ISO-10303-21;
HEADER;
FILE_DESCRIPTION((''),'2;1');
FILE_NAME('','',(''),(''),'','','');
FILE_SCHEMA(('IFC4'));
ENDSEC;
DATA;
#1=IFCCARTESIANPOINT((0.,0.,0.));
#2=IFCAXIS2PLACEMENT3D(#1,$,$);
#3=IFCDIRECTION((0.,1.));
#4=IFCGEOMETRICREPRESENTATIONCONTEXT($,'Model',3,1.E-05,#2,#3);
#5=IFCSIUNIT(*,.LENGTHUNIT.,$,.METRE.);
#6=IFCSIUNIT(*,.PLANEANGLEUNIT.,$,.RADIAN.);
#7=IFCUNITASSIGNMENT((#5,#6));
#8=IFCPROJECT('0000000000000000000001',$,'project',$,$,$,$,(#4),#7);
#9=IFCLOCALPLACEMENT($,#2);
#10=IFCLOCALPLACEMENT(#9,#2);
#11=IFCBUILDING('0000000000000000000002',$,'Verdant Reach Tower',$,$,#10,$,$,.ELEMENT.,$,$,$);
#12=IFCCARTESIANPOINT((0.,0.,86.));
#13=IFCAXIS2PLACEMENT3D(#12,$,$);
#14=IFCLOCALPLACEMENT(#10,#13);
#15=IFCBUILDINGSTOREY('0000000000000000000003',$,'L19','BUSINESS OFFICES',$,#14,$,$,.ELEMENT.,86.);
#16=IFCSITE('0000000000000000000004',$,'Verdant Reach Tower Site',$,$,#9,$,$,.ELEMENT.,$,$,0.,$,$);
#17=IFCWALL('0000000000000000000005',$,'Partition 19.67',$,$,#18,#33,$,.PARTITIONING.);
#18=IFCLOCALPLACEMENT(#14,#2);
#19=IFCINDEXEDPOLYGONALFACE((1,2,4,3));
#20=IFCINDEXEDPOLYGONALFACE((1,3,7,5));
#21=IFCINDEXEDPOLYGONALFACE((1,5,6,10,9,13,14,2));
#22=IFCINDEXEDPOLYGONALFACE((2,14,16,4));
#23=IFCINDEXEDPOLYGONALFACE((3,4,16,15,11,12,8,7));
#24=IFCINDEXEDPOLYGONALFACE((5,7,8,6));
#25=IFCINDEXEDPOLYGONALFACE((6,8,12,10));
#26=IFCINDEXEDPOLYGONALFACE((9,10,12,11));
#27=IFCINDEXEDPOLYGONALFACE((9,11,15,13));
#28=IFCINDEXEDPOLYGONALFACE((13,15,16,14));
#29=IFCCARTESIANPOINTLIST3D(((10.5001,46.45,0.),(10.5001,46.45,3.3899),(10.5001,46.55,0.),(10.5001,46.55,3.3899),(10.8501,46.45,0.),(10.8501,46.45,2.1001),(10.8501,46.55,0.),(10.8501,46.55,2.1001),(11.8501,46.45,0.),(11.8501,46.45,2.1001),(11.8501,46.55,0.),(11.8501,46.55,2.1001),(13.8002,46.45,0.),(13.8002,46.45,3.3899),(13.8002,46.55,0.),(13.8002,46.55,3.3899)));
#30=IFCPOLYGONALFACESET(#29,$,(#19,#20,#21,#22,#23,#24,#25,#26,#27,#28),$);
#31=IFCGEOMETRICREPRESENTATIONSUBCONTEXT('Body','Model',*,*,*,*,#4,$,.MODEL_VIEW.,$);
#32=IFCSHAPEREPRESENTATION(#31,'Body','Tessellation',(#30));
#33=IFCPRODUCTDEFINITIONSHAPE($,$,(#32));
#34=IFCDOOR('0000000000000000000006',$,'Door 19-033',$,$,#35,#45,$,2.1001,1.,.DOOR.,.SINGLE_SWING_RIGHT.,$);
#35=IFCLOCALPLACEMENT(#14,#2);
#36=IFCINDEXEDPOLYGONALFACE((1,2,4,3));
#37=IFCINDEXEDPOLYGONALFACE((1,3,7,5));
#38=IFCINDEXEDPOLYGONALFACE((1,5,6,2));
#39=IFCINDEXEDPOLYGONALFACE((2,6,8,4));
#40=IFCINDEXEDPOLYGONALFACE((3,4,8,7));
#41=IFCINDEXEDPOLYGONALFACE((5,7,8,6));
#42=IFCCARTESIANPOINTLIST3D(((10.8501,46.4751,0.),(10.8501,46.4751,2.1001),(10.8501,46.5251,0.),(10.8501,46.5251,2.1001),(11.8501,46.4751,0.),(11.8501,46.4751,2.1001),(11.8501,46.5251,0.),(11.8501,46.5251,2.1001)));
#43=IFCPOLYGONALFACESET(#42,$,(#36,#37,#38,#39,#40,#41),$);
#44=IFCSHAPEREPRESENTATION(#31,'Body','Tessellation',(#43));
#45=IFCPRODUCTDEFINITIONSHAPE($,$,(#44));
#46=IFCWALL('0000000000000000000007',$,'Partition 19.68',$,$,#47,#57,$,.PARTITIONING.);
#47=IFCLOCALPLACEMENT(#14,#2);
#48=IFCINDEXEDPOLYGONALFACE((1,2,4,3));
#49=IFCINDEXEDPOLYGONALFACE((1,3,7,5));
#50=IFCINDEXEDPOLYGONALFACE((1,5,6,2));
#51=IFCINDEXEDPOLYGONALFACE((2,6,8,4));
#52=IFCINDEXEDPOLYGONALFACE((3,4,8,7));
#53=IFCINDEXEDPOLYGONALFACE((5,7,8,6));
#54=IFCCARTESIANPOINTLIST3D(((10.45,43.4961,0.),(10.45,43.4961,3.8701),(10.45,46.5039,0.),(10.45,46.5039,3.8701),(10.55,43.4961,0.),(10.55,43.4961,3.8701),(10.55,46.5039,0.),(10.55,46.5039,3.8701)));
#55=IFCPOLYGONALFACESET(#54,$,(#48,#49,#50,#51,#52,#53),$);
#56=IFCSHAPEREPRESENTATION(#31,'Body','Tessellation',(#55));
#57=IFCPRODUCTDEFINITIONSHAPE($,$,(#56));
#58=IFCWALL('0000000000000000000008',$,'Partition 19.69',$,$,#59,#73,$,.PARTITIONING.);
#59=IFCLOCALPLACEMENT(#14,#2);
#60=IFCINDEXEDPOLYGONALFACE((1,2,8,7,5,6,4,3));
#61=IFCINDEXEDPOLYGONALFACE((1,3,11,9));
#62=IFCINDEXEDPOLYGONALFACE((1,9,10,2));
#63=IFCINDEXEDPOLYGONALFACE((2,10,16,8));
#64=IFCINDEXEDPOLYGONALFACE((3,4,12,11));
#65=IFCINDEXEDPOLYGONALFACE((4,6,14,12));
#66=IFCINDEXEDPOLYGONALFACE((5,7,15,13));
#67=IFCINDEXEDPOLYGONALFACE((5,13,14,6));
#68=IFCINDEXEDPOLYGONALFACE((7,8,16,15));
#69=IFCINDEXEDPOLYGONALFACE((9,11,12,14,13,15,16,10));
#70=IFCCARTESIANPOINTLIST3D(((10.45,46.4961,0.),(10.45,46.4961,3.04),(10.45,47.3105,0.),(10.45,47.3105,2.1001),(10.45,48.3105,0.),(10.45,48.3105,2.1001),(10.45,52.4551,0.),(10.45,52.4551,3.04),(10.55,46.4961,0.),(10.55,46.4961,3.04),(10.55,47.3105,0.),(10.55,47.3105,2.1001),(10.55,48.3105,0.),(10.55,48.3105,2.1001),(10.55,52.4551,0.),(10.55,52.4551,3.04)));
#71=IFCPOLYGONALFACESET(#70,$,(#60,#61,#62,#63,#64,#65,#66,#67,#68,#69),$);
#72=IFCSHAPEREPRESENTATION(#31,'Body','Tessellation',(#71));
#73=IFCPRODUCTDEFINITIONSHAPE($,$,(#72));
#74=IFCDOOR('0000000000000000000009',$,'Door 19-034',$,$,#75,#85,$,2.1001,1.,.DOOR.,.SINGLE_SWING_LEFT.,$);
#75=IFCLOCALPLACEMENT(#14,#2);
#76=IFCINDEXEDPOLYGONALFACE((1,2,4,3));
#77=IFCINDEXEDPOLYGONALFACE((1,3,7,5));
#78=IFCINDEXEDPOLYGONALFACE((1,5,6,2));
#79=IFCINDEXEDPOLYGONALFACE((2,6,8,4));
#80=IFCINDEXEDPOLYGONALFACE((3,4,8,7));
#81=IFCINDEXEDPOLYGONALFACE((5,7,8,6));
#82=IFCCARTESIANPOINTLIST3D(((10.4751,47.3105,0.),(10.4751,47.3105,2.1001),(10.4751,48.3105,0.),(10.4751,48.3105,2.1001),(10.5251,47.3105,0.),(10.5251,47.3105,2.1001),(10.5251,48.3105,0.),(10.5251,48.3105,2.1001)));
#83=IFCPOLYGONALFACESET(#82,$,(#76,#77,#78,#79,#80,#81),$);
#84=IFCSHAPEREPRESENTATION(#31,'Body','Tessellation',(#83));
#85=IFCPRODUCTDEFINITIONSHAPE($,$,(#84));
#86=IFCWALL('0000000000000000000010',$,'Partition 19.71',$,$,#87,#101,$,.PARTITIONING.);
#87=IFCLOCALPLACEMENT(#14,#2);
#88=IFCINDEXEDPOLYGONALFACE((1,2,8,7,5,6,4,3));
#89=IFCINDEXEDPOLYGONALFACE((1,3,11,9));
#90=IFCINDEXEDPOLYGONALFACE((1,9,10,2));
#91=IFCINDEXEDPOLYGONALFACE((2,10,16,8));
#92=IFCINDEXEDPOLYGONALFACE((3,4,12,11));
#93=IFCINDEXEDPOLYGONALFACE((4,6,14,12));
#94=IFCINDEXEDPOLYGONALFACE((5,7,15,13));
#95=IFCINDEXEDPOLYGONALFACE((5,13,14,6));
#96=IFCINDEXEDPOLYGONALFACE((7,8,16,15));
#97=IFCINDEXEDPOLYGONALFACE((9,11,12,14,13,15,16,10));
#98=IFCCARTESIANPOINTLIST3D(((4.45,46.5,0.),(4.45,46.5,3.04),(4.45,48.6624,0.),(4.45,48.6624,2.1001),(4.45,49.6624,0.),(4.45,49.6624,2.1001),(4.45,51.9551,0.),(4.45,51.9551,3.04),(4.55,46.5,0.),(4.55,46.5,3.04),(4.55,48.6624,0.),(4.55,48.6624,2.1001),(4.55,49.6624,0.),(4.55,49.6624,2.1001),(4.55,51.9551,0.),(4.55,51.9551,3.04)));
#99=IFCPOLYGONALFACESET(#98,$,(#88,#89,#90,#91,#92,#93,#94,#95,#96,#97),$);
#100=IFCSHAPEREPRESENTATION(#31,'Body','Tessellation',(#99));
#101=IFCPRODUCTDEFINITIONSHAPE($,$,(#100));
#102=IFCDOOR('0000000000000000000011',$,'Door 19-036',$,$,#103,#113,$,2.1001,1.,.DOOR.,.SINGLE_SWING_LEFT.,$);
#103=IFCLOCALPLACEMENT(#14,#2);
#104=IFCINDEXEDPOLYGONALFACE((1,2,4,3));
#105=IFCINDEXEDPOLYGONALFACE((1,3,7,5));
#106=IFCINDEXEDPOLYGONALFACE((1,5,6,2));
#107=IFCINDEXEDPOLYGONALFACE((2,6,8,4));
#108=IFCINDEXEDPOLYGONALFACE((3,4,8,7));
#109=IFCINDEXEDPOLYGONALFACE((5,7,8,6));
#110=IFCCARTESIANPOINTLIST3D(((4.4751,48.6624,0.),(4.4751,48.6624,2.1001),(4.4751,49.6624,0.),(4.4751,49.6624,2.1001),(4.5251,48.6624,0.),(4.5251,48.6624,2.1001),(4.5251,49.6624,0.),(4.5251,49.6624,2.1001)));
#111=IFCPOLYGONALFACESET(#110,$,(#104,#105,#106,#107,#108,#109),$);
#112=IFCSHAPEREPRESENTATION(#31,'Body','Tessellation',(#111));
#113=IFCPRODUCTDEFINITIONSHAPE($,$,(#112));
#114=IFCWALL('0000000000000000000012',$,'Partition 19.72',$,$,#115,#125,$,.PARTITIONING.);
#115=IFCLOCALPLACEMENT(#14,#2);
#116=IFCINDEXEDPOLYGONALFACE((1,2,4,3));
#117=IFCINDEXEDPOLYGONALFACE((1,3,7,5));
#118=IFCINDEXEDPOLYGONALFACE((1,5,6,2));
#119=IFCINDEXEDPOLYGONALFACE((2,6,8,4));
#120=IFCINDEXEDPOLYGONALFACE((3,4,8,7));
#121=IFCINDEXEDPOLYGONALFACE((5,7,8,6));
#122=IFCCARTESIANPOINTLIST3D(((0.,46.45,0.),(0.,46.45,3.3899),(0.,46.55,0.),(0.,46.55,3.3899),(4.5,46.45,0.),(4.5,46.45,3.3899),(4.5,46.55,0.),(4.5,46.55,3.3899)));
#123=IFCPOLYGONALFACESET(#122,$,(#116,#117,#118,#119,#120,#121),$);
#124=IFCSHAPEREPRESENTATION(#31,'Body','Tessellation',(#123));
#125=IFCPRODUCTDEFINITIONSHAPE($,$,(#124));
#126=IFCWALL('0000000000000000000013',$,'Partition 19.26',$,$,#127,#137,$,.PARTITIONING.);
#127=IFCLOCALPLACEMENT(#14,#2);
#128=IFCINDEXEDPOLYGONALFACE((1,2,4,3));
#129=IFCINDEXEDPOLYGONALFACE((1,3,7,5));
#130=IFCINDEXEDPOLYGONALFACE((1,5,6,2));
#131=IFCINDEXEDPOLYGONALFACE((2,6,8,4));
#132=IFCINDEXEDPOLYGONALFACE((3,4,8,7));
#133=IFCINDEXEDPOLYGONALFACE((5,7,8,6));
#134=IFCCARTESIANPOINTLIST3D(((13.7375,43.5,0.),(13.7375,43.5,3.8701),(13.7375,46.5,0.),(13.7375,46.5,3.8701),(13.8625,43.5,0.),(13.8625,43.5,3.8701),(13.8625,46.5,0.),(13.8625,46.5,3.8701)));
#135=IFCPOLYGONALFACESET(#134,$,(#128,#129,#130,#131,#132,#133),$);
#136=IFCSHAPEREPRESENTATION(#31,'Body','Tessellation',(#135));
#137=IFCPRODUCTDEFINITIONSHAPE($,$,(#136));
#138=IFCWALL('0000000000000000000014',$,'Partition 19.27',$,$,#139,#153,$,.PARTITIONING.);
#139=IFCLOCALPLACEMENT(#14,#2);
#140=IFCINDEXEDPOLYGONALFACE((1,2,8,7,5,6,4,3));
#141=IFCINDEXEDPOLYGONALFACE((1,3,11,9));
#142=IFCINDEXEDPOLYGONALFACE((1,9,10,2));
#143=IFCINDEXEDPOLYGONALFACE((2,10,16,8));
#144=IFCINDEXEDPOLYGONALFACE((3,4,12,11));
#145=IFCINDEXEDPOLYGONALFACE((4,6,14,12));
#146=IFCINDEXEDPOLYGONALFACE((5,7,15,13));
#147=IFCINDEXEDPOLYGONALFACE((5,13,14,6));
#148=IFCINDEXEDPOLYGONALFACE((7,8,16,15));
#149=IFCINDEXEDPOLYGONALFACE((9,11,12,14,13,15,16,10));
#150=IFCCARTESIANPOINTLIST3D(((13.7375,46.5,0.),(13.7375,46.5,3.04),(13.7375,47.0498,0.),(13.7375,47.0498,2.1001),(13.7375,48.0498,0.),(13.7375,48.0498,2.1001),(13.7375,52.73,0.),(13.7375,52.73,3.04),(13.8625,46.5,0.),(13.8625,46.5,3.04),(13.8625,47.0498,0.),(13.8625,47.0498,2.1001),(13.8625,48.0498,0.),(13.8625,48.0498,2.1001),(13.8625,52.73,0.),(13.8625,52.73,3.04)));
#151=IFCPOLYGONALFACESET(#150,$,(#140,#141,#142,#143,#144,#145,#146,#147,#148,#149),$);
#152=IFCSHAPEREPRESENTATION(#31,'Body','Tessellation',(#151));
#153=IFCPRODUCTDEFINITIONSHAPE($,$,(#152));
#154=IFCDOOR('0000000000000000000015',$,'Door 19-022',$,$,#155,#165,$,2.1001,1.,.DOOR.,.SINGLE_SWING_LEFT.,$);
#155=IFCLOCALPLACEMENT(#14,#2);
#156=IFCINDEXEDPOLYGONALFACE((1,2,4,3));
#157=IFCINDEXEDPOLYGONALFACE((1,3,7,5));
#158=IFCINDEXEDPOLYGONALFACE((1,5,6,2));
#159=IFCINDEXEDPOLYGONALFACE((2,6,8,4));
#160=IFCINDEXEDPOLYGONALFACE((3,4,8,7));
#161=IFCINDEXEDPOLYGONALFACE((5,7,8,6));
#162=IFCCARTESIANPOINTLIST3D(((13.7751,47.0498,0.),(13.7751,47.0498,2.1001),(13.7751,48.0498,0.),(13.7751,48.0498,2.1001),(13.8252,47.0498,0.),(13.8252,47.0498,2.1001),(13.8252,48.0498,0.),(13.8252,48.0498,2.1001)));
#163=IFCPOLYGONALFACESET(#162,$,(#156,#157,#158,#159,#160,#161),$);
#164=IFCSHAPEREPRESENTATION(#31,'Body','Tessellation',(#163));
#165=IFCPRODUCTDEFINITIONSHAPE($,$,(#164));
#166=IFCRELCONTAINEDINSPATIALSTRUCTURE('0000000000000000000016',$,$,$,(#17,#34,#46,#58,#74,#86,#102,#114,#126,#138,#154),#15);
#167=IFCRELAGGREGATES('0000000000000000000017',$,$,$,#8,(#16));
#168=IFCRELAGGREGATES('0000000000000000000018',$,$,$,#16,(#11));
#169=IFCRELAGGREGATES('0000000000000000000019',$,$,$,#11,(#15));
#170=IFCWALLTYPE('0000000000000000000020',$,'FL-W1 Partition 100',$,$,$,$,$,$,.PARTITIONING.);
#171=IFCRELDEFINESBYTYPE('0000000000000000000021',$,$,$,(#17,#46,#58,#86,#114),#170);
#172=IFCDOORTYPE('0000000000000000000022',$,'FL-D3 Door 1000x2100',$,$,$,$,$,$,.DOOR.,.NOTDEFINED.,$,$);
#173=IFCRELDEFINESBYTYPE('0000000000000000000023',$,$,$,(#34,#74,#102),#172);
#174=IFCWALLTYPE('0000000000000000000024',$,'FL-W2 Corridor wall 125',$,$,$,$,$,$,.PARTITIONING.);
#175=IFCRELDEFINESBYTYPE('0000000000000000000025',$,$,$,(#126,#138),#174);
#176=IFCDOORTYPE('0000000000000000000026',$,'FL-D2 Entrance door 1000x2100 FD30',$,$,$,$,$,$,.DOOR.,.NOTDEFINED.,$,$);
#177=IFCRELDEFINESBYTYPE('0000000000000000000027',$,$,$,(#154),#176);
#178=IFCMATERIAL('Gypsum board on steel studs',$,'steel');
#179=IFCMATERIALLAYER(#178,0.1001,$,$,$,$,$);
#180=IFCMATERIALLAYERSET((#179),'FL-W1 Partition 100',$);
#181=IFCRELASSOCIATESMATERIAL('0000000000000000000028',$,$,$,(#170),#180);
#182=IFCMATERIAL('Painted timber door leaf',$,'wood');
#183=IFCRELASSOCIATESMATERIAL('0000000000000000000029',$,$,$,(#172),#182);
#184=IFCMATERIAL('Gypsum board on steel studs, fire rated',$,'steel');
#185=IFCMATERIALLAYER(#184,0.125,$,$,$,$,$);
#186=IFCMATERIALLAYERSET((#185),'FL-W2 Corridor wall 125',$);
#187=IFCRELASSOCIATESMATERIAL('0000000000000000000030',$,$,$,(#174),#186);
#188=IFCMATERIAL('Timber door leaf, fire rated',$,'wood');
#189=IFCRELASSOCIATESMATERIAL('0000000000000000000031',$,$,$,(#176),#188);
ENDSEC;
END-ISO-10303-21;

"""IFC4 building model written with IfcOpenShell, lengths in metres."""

from ifc_helpers import new_model, si_unit, direction, frame, frame_2d, origin, place, context, subcontext, project, spatial, rectangle, extrude, material, layer, layer_set, type_object, element, fill, save


model = new_model("IFC4")

# Units and contexts
model_context = context("Model", 3, precision=1e-05, world=origin(), true_north=direction((0.0, 1.0)))
body_context = subcontext(model_context, "Body", "Model", "MODEL_VIEW")
ifc_project = project(units=[si_unit("LENGTHUNIT", "METRE"), si_unit("PLANEANGLEUNIT", "RADIAN")], contexts=[model_context])

# Site, building, storey
site_placement = place(None, origin())
site = spatial("IfcSite", under=ifc_project, at=site_placement, Name="Verdant Reach Tower Site", CompositionType="ELEMENT", RefElevation=0.0)
building_placement = place(site_placement, origin())
building = spatial("IfcBuilding", under=site, at=building_placement, Name="Verdant Reach Tower", CompositionType="ELEMENT")
storey_placement = place(building_placement, frame((0.0, 0.0, 86.0)))
storey = spatial("IfcBuildingStorey", under=building, at=storey_placement, Name="L19", Description="BUSINESS OFFICES", CompositionType="ELEMENT", Elevation=86.0)

# Shared definitions
ifc_material_1 = material(Name="Gypsum board on steel studs", Category="steel")
ifc_layer_1 = layer(ifc_material_1, 0.1001)
ifc_layer_set_1 = layer_set([ifc_layer_1], Name="FL-W1 Partition 100")
wall_type_1 = type_object("IfcWallType", Name="FL-W1 Partition 100", PredefinedType="PARTITIONING", material=ifc_layer_set_1)

# Wall, opening, door
wall_1_placement = place(storey_placement, frame((13.8, 46.5, 0.0), z_axis=(0.0, 0.0, 1.0), x_axis=(-1.0, 0.0, 0.0)))
wall_1 = element("IfcWall", 1, at=wall_1_placement, inside=storey, type_object=wall_type_1, Name="Partition 19.67", PredefinedType="PARTITIONING", context=body_context, shape_type="SweptSolid", body=[
    extrude(rectangle(XDim=3.3, YDim=0.1001, at=frame_2d((1.6499, 0.0))), origin(), (0.0, 0.0, 1.0), 3.3899),
])
opening_1_placement = place(wall_1_placement, frame((1.95, 0.0, 0.0)))
opening_1 = element("IfcOpeningElement", 2, at=opening_1_placement, cuts=wall_1, PredefinedType="OPENING", context=body_context, shape_type="SweptSolid", body=[
    extrude(rectangle(XDim=1.0, YDim=2.1001, at=frame_2d((0.5, 1.05))), frame((0.0, 0.0601, 0.0), z_axis=(0.0, -1.0, 0.0), x_axis=(1.0, 0.0, 0.0)), (0.0, 0.0, 1.0), 0.1201),
])
ifc_material_2 = material(Name="Painted timber door leaf", Category="wood")
door_type_1 = type_object("IfcDoorType", Name="FL-D3 Door 1000x2100", OperationType="NOTDEFINED", PredefinedType="DOOR", material=ifc_material_2)
door_1_placement = place(opening_1_placement, origin())
door_1 = element("IfcDoor", 3, at=door_1_placement, inside=storey, type_object=door_type_1, Name="Door 19-033", OperationType="SINGLE_SWING_RIGHT", OverallHeight=2.1001, OverallWidth=1.0, PredefinedType="DOOR", context=body_context, shape_type="SweptSolid", body=[
    extrude(rectangle(XDim=1.0, YDim=2.1001, at=frame_2d((0.5, 1.05))), frame((0.0, 0.0249, 0.0), z_axis=(0.0, -1.0, 0.0), x_axis=(1.0, 0.0, 0.0)), (0.0, 0.0, 1.0), 0.05),
])
fill(opening_1, door_1)

# Wall
wall_2_placement = place(storey_placement, frame((10.5, 46.5039, 0.0), z_axis=(0.0, 0.0, 1.0), x_axis=(0.0, -1.0, 0.0)))
element("IfcWall", 4, at=wall_2_placement, inside=storey, type_object=wall_type_1, Name="Partition 19.68", PredefinedType="PARTITIONING", context=body_context, shape_type="SweptSolid", body=[
    extrude(rectangle(XDim=3.0078, YDim=0.1001, at=frame_2d((1.5039, 0.0))), origin(), (0.0, 0.0, 1.0), 3.8701),
])

# Walls, openings, doors
wall_3_placement = place(storey_placement, frame((10.5, 46.4961, 0.0), z_axis=(0.0, 0.0, 1.0), x_axis=(0.0, 1.0, 0.0)))
wall_3 = element("IfcWall", 5, at=wall_3_placement, inside=storey, type_object=wall_type_1, Name="Partition 19.69", PredefinedType="PARTITIONING", context=body_context, shape_type="SweptSolid", body=[
    extrude(rectangle(XDim=5.959, YDim=0.1001, at=frame_2d((2.9795, 0.0))), origin(), (0.0, 0.0, 1.0), 3.04),
])
opening_2_placement = place(wall_3_placement, frame((0.8145, 0.0, 0.0)))
opening_2 = element("IfcOpeningElement", 6, at=opening_2_placement, cuts=wall_3, PredefinedType="OPENING", context=body_context, shape_type="SweptSolid", body=[
    extrude(rectangle(XDim=1.0, YDim=2.1001, at=frame_2d((0.5, 1.05))), frame((0.0, 0.0601, 0.0), z_axis=(0.0, -1.0, 0.0), x_axis=(1.0, 0.0, 0.0)), (0.0, 0.0, 1.0), 0.1201),
])
door_2_placement = place(opening_2_placement, origin())
door_2 = element("IfcDoor", 7, at=door_2_placement, inside=storey, type_object=door_type_1, Name="Door 19-034", OperationType="SINGLE_SWING_LEFT", OverallHeight=2.1001, OverallWidth=1.0, PredefinedType="DOOR", context=body_context, shape_type="SweptSolid", body=[
    extrude(rectangle(XDim=1.0, YDim=2.1001, at=frame_2d((0.5, 1.05))), frame((0.0, 0.0249, 0.0), z_axis=(0.0, -1.0, 0.0), x_axis=(1.0, 0.0, 0.0)), (0.0, 0.0, 1.0), 0.05),
])
fill(opening_2, door_2)
wall_4_placement = place(storey_placement, frame((4.5, 46.5, 0.0), z_axis=(0.0, 0.0, 1.0), x_axis=(0.0, 1.0, 0.0)))
wall_4 = element("IfcWall", 8, at=wall_4_placement, inside=storey, type_object=wall_type_1, Name="Partition 19.71", PredefinedType="PARTITIONING", context=body_context, shape_type="SweptSolid", body=[
    extrude(rectangle(XDim=5.4551, YDim=0.1001, at=frame_2d((2.7275, 0.0))), origin(), (0.0, 0.0, 1.0), 3.04),
])
opening_3_placement = place(wall_4_placement, frame((2.1624, 0.0, 0.0)))
opening_3 = element("IfcOpeningElement", 9, at=opening_3_placement, cuts=wall_4, PredefinedType="OPENING", context=body_context, shape_type="SweptSolid", body=[
    extrude(rectangle(XDim=1.0, YDim=2.1001, at=frame_2d((0.5, 1.05))), frame((0.0, 0.0601, 0.0), z_axis=(0.0, -1.0, 0.0), x_axis=(1.0, 0.0, 0.0)), (0.0, 0.0, 1.0), 0.1201),
])
door_3_placement = place(opening_3_placement, origin())
door_3 = element("IfcDoor", 10, at=door_3_placement, inside=storey, type_object=door_type_1, Name="Door 19-036", OperationType="SINGLE_SWING_LEFT", OverallHeight=2.1001, OverallWidth=1.0, PredefinedType="DOOR", context=body_context, shape_type="SweptSolid", body=[
    extrude(rectangle(XDim=1.0, YDim=2.1001, at=frame_2d((0.5, 1.05))), frame((0.0, 0.0249, 0.0), z_axis=(0.0, -1.0, 0.0), x_axis=(1.0, 0.0, 0.0)), (0.0, 0.0, 1.0), 0.05),
])
fill(opening_3, door_3)

# Walls
wall_5_placement = place(storey_placement, frame((4.5, 46.5, 0.0), z_axis=(0.0, 0.0, 1.0), x_axis=(-1.0, 0.0, 0.0)))
element("IfcWall", 11, at=wall_5_placement, inside=storey, type_object=wall_type_1, Name="Partition 19.72", PredefinedType="PARTITIONING", context=body_context, shape_type="SweptSolid", body=[
    extrude(rectangle(XDim=4.5, YDim=0.1001, at=frame_2d((2.25, 0.0))), origin(), (0.0, 0.0, 1.0), 3.3899),
])
ifc_material_3 = material(Name="Gypsum board on steel studs, fire rated", Category="steel")
ifc_layer_2 = layer(ifc_material_3, 0.125)
ifc_layer_set_2 = layer_set([ifc_layer_2], Name="FL-W2 Corridor wall 125")
wall_type_2 = type_object("IfcWallType", Name="FL-W2 Corridor wall 125", PredefinedType="PARTITIONING", material=ifc_layer_set_2)
wall_6_placement = place(storey_placement, frame((13.8, 46.5, 0.0), z_axis=(0.0, 0.0, 1.0), x_axis=(0.0, -1.0, 0.0)))
element("IfcWall", 12, at=wall_6_placement, inside=storey, type_object=wall_type_2, Name="Partition 19.26", PredefinedType="PARTITIONING", context=body_context, shape_type="SweptSolid", body=[
    extrude(rectangle(XDim=3.0, YDim=0.125, at=frame_2d((1.5, 0.0))), origin(), (0.0, 0.0, 1.0), 3.8701),
])

# Wall, opening, door
wall_7_placement = place(storey_placement, frame((13.8, 46.5, 0.0), z_axis=(0.0, 0.0, 1.0), x_axis=(0.0, 1.0, 0.0)))
wall_7 = element("IfcWall", 13, at=wall_7_placement, inside=storey, type_object=wall_type_2, Name="Partition 19.27", PredefinedType="PARTITIONING", context=body_context, shape_type="SweptSolid", body=[
    extrude(rectangle(XDim=6.23, YDim=0.125, at=frame_2d((3.115, 0.0))), origin(), (0.0, 0.0, 1.0), 3.04),
])
opening_4_placement = place(wall_7_placement, frame((0.5498, 0.0, 0.0)))
opening_4 = element("IfcOpeningElement", 14, at=opening_4_placement, cuts=wall_7, PredefinedType="OPENING", context=body_context, shape_type="SweptSolid", body=[
    extrude(rectangle(XDim=1.0, YDim=2.1001, at=frame_2d((0.5, 1.05))), frame((0.0, 0.0725, 0.0), z_axis=(0.0, -1.0, 0.0), x_axis=(1.0, 0.0, 0.0)), (0.0, 0.0, 1.0), 0.145),
])
ifc_material_4 = material(Name="Timber door leaf, fire rated", Category="wood")
door_type_2 = type_object("IfcDoorType", Name="FL-D2 Entrance door 1000x2100 FD30", OperationType="NOTDEFINED", PredefinedType="DOOR", material=ifc_material_4)
door_4_placement = place(opening_4_placement, origin())
door_4 = element("IfcDoor", 15, at=door_4_placement, inside=storey, type_object=door_type_2, Name="Door 19-022", OperationType="SINGLE_SWING_LEFT", OverallHeight=2.1001, OverallWidth=1.0, PredefinedType="DOOR", context=body_context, shape_type="SweptSolid", body=[
    extrude(rectangle(XDim=1.0, YDim=2.1001, at=frame_2d((0.5, 1.05))), frame((0.0, 0.0249, 0.0), z_axis=(0.0, -1.0, 0.0), x_axis=(1.0, 0.0, 0.0)), (0.0, 0.0, 1.0), 0.05),
])
fill(opening_4, door_4)

save(model, "model.ifc")
